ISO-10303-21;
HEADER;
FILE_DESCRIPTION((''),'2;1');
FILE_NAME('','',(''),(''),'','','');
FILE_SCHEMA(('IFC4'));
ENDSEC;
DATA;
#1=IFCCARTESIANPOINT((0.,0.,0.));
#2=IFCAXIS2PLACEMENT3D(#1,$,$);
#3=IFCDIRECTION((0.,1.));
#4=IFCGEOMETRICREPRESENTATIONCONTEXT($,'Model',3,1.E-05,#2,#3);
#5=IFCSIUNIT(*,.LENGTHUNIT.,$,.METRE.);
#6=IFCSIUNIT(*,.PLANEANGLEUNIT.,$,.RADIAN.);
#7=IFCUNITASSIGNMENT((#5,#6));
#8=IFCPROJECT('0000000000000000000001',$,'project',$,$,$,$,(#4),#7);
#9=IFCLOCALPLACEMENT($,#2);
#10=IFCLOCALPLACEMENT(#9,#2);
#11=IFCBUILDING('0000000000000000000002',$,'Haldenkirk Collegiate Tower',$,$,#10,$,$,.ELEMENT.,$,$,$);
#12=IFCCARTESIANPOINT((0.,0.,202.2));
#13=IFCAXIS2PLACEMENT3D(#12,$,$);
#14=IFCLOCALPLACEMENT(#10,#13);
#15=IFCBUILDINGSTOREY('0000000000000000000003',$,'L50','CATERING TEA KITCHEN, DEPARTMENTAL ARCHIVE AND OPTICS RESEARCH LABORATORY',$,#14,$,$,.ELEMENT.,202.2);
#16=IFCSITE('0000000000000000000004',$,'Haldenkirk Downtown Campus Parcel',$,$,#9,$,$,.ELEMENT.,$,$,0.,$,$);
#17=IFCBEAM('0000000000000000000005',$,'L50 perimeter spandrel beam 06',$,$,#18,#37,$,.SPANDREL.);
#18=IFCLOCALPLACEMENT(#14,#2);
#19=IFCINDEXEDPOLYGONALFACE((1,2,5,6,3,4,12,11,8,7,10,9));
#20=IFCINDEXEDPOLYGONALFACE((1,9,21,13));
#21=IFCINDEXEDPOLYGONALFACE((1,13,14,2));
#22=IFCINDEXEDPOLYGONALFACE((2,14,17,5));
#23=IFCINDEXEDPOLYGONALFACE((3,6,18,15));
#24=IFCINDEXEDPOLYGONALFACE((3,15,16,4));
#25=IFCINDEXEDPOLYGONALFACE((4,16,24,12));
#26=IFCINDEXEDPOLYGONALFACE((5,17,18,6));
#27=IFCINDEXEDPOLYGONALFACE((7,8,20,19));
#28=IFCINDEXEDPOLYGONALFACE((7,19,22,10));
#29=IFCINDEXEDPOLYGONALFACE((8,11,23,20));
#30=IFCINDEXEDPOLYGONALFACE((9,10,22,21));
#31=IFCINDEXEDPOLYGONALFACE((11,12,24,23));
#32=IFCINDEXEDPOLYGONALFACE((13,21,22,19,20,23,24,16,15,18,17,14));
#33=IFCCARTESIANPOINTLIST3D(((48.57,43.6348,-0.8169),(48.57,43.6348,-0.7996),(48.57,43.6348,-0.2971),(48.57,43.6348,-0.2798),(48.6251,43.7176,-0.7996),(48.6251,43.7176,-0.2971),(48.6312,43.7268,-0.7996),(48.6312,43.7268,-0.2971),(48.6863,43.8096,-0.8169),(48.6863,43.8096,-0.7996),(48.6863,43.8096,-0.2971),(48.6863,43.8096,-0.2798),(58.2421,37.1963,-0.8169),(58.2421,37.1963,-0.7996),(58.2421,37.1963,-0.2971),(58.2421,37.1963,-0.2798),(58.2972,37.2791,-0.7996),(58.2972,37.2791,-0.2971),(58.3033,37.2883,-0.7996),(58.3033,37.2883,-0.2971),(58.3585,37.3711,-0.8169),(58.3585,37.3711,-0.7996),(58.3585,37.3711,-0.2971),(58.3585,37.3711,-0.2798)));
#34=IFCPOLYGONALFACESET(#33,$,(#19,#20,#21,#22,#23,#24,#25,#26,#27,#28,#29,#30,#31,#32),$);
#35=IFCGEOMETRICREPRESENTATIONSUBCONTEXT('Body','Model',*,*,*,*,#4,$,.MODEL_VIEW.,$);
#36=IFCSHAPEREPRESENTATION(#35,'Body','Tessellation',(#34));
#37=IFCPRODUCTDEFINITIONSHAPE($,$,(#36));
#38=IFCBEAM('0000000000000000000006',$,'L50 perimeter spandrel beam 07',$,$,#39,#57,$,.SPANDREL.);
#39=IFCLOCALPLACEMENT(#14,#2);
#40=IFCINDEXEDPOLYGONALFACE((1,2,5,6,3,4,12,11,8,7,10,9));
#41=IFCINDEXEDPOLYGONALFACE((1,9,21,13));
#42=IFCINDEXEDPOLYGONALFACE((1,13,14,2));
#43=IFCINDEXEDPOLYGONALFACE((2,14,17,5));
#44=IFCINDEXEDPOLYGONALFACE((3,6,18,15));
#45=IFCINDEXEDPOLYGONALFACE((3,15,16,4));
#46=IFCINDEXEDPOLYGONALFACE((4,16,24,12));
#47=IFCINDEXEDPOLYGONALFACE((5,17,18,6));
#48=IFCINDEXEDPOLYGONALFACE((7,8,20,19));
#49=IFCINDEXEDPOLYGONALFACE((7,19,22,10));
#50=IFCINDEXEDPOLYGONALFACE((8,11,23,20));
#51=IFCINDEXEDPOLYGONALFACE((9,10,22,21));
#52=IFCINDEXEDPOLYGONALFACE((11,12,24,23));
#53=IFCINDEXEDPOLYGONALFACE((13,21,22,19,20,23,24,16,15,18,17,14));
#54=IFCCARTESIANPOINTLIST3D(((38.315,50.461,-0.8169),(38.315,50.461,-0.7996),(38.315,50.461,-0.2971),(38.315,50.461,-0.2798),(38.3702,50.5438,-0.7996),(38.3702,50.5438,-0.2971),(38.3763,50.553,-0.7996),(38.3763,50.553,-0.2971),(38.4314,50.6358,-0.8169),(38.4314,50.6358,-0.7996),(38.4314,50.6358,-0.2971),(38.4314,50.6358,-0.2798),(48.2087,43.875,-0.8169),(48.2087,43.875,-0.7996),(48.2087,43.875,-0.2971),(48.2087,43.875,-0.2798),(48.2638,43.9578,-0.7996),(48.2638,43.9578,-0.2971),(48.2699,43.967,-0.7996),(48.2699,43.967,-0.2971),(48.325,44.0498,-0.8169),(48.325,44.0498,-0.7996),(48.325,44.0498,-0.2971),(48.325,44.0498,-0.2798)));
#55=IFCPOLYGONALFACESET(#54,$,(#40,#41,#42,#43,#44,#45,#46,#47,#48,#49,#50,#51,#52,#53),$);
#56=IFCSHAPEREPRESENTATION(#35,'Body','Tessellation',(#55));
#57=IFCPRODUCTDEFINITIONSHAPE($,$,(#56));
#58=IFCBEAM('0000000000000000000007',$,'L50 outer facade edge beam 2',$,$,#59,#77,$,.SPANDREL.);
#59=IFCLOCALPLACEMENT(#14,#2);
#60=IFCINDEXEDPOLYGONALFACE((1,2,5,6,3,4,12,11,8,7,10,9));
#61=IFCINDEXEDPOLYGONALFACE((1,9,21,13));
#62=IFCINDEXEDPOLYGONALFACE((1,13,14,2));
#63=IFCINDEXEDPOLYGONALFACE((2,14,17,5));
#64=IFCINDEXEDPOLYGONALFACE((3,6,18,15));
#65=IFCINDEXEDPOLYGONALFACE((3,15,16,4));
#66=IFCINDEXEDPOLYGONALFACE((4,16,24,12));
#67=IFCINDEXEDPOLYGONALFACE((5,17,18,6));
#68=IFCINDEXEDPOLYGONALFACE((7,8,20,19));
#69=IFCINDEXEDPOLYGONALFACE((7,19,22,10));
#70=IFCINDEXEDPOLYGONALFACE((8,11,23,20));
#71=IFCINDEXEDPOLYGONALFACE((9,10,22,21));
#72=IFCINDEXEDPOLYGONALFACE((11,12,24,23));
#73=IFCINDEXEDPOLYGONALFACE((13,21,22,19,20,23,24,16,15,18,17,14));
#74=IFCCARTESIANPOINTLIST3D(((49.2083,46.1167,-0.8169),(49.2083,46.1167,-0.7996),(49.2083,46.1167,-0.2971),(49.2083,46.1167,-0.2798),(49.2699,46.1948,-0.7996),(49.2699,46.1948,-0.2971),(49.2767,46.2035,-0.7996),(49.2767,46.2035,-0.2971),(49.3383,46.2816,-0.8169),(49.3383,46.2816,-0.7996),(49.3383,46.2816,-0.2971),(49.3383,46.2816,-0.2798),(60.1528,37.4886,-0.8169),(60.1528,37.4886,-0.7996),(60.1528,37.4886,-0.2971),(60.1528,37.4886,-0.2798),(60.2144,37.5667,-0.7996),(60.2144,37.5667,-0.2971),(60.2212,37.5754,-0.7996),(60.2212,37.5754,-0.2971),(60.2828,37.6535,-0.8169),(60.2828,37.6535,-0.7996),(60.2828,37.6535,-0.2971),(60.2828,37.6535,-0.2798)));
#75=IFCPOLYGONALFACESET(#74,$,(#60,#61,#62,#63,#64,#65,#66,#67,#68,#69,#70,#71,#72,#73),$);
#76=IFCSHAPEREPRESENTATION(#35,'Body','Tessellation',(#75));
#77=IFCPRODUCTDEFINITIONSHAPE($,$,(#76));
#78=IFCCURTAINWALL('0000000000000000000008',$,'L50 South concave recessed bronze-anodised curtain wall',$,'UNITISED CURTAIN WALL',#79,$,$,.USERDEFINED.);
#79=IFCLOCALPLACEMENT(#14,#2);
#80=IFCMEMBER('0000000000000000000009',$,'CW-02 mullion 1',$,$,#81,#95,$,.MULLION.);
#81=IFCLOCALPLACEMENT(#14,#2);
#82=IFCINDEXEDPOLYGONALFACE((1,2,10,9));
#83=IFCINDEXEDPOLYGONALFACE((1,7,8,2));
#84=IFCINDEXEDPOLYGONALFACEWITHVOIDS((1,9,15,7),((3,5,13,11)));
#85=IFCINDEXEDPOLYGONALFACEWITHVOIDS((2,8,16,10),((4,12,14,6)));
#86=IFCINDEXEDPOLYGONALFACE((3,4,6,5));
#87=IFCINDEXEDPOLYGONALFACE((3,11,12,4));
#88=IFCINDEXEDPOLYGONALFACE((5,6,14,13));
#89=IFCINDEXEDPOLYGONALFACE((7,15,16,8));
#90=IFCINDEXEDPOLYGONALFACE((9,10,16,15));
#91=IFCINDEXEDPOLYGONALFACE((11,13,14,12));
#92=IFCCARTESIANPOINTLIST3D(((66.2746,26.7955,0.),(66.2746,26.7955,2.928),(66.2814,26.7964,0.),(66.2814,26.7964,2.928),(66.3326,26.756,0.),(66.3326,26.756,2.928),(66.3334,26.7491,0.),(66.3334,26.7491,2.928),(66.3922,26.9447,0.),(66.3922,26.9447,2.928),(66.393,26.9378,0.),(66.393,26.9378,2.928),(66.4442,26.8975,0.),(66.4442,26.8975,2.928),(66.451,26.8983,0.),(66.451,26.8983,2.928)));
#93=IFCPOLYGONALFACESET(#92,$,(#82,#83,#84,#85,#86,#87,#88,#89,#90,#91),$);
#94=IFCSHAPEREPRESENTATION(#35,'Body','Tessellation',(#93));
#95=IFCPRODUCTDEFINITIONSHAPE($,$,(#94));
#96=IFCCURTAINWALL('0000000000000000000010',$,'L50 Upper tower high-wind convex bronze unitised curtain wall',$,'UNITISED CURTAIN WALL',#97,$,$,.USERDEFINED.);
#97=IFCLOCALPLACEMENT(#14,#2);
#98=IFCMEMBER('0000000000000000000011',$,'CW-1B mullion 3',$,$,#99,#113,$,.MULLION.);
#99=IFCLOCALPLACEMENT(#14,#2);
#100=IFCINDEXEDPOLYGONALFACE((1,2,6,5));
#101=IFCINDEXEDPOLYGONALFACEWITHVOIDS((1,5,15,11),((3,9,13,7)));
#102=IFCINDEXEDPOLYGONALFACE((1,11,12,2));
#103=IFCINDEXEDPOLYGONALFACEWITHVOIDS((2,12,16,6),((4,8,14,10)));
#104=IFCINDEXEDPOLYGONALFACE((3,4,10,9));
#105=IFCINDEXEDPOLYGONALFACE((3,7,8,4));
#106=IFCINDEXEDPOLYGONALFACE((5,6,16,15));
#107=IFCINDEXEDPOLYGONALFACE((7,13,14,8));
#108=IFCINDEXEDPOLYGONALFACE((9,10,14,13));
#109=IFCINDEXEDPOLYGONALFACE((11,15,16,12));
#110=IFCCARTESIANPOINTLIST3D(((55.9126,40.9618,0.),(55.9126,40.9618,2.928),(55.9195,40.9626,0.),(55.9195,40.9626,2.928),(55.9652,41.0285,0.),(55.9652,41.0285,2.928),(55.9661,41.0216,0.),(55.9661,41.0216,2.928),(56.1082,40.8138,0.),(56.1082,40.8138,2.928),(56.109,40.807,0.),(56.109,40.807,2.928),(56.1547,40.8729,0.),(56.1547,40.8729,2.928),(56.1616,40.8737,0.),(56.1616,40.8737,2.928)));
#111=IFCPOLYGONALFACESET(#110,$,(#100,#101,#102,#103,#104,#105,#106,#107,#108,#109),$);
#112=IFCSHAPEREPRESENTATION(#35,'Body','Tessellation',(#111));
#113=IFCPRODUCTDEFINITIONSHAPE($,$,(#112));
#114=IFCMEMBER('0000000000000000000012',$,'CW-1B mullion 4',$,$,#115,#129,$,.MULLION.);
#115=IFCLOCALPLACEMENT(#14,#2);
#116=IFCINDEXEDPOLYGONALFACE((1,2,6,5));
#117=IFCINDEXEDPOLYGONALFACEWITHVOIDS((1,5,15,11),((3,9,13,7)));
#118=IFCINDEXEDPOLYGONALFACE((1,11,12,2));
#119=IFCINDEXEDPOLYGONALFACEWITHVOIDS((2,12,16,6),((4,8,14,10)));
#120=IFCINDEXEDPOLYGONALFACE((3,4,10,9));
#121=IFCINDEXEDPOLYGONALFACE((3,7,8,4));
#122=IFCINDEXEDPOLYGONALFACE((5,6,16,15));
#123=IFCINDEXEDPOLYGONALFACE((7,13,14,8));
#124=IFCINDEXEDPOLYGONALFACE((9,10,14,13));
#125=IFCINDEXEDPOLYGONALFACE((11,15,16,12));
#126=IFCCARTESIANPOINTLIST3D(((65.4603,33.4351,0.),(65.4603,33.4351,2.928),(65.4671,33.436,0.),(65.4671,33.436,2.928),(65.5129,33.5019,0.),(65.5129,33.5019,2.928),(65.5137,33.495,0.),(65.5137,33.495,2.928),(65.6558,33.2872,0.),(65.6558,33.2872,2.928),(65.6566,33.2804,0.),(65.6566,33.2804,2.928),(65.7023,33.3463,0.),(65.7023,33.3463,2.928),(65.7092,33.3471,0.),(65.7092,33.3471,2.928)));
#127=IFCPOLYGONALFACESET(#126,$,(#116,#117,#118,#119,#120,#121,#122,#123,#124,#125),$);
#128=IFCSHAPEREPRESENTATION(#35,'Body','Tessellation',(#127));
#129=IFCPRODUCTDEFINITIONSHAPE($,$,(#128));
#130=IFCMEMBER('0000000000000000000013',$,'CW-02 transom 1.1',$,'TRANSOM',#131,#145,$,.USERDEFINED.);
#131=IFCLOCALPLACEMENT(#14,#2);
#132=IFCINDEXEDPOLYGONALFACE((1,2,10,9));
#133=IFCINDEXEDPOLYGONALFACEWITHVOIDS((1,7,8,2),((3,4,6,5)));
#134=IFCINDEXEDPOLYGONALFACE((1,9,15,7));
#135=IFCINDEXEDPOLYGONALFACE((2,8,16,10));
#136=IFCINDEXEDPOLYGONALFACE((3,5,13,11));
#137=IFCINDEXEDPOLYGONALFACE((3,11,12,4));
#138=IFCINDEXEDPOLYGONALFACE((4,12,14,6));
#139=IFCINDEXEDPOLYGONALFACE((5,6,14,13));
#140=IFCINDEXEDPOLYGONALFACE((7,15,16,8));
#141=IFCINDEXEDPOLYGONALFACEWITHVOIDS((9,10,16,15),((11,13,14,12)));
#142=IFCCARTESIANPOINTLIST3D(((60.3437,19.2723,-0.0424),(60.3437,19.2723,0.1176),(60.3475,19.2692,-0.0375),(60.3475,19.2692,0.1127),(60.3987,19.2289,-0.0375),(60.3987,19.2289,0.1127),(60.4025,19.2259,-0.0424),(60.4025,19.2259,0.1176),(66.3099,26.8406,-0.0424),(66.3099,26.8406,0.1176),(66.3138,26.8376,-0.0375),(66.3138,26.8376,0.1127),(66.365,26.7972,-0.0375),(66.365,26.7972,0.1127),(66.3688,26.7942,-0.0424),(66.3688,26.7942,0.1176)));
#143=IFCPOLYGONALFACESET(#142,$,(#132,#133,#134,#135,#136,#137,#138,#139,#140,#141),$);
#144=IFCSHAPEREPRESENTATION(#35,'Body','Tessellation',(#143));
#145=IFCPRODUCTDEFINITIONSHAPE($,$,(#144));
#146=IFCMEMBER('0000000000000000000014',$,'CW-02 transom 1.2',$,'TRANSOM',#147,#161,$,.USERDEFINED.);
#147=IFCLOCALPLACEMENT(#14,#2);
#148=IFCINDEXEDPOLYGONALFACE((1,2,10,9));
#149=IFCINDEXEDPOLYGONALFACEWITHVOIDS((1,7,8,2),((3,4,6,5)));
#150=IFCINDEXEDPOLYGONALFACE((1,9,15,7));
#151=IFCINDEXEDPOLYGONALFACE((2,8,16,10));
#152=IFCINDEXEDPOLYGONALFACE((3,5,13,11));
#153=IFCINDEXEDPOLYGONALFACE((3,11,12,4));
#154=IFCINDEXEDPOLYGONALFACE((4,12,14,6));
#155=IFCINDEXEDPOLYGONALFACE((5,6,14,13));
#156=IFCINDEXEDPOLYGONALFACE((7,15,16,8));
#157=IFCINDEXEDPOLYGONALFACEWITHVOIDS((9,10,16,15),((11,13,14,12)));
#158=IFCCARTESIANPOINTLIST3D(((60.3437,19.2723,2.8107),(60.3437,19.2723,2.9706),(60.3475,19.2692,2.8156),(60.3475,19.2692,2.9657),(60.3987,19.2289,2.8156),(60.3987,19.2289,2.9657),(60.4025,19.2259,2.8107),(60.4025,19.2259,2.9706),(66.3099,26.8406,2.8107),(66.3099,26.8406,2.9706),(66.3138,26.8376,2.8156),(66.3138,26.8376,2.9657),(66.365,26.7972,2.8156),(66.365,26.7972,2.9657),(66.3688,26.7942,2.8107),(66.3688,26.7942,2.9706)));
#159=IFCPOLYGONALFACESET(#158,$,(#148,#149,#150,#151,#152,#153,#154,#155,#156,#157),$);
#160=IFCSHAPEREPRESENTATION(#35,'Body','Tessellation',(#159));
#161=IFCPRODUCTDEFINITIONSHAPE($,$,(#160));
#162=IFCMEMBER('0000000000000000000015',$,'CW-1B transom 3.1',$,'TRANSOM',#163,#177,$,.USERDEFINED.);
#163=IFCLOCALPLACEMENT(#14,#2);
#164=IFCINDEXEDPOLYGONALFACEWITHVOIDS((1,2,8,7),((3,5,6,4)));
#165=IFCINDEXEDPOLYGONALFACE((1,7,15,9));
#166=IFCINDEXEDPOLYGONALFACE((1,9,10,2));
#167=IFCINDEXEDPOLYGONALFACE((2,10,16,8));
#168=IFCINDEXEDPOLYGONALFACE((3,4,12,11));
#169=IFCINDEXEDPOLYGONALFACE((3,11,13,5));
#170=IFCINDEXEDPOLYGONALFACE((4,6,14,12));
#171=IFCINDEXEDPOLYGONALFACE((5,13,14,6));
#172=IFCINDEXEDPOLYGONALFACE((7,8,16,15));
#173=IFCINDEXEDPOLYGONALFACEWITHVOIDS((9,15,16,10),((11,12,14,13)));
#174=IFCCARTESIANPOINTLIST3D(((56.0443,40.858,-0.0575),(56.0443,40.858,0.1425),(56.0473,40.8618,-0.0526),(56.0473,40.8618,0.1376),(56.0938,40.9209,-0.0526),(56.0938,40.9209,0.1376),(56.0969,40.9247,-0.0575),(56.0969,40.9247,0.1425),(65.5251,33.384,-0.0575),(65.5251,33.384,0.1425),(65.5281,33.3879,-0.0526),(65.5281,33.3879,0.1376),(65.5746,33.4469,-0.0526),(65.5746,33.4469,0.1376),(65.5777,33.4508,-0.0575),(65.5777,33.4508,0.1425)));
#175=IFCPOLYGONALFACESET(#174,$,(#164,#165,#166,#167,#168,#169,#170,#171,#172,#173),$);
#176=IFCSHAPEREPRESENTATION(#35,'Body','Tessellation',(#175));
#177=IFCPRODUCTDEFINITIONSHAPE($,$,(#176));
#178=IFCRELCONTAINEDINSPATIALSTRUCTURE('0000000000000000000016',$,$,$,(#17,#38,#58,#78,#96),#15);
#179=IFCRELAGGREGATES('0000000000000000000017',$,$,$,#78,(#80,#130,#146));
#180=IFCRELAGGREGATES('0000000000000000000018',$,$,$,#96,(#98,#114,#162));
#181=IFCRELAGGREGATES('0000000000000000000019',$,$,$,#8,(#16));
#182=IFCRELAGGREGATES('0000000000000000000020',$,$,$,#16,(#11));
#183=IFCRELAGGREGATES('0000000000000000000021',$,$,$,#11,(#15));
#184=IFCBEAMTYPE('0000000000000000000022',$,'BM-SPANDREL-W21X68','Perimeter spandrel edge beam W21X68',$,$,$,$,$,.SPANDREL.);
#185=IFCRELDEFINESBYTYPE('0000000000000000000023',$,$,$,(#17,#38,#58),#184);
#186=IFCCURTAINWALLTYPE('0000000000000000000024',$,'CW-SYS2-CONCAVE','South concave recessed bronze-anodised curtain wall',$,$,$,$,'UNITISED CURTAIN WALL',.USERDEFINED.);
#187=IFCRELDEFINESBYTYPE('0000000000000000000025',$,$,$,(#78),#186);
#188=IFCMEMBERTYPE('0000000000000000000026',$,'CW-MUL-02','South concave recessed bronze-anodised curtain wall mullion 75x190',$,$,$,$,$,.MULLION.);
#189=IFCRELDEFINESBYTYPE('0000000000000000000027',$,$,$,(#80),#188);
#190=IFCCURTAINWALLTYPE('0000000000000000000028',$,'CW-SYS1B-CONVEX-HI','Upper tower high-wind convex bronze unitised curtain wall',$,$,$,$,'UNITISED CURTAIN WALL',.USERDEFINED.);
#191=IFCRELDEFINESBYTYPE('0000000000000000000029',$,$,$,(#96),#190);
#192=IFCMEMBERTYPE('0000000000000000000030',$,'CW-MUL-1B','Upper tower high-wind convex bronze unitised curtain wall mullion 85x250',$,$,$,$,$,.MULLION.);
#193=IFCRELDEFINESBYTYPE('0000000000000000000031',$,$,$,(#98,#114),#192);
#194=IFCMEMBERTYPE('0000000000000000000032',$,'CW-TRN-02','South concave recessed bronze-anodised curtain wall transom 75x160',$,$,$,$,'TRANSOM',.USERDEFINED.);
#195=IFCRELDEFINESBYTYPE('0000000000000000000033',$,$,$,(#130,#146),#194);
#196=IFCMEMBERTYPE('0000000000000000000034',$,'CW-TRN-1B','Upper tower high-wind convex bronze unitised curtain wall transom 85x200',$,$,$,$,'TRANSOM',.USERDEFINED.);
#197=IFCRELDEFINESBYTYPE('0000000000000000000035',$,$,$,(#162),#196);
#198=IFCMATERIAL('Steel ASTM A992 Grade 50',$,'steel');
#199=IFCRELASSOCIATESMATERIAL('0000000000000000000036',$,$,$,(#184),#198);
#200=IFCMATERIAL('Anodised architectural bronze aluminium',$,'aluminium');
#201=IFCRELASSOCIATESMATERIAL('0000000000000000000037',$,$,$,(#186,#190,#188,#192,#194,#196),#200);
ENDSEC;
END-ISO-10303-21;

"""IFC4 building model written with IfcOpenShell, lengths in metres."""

from ifc_helpers import new_model, si_unit, direction, frame, origin, origin_2d, place, context, subcontext, project, spatial, hollow_rectangle, i_section, extrude, material, material_profile, profile_set, type_object, element, aggregate, save


model = new_model("IFC4")

# Units and contexts
model_context = context("Model", 3, precision=1e-05, world=origin(), true_north=direction((0.0, 1.0)))
body_context = subcontext(model_context, "Body", "Model", "MODEL_VIEW")
ifc_project = project(units=[si_unit("LENGTHUNIT", "METRE"), si_unit("PLANEANGLEUNIT", "RADIAN")], contexts=[model_context])

# Site, building, storey
site_placement = place(None, origin())
site = spatial("IfcSite", under=ifc_project, at=site_placement, Name="Haldenkirk Downtown Campus Parcel", CompositionType="ELEMENT", RefElevation=0.0)
building_placement = place(site_placement, origin())
building = spatial("IfcBuilding", under=site, at=building_placement, Name="Haldenkirk Collegiate Tower", CompositionType="ELEMENT")
storey_placement = place(building_placement, frame((0.0, 0.0, 202.2)))
storey = spatial("IfcBuildingStorey", under=building, at=storey_placement, Name="L50", Description="CATERING TEA KITCHEN, DEPARTMENTAL ARCHIVE AND OPTICS RESEARCH LABORATORY", CompositionType="ELEMENT", Elevation=202.2)

# Beams
ifc_material_1 = material(Name="Steel ASTM A992 Grade 50", Category="steel")
ifc_material_profile_1 = material_profile(ifc_material_1, i_section(OverallWidth=0.21, OverallDepth=0.5371, WebThickness=0.011, FlangeThickness=0.0173, at=origin_2d()), Name="W21X68")
ifc_profile_set_1 = profile_set([ifc_material_profile_1], Name="Steel ASTM A992 Grade 50")
beam_type_1 = type_object("IfcBeamType", Name="BM-SPANDREL-W21X68", Description="Perimeter spandrel edge beam W21X68", PredefinedType="SPANDREL", material=ifc_profile_set_1)
beam_1_placement = place(storey_placement, frame((58.3003, 37.2837, -0.5483), z_axis=(-0.832432, 0.554128, 0.0), x_axis=(-0.554128, -0.832432, 0.0)))
element("IfcBeam", 1, at=beam_1_placement, inside=storey, type_object=beam_type_1, Name="L50 perimeter spandrel beam 06", PredefinedType="SPANDREL", context=body_context, shape_type="SweptSolid", body=[
    extrude(i_section(OverallWidth=0.21, OverallDepth=0.5371, WebThickness=0.011, FlangeThickness=0.0173, at=origin_2d()), origin(), (0.0, 0.0, 1.0), 11.6191),
])
beam_2_placement = place(storey_placement, frame((48.2668, 43.9624, -0.5483), z_axis=(-0.832429, 0.554131, 0.0), x_axis=(-0.554131, -0.832429, 0.0)))
element("IfcBeam", 2, at=beam_2_placement, inside=storey, type_object=beam_type_1, Name="L50 perimeter spandrel beam 07", PredefinedType="SPANDREL", context=body_context, shape_type="SweptSolid", body=[
    extrude(i_section(OverallWidth=0.21, OverallDepth=0.5371, WebThickness=0.011, FlangeThickness=0.0173, at=origin_2d()), origin(), (0.0, 0.0, 1.0), 11.8853),
])
beam_3_placement = place(storey_placement, frame((60.2178, 37.571, -0.5483), z_axis=(-0.785311, 0.619101, 0.0), x_axis=(-0.619101, -0.785311, 0.0)))
element("IfcBeam", 3, at=beam_3_placement, inside=storey, type_object=beam_type_1, Name="L50 outer facade edge beam 2", PredefinedType="SPANDREL", context=body_context, shape_type="SweptSolid", body=[
    extrude(i_section(OverallWidth=0.21, OverallDepth=0.5371, WebThickness=0.011, FlangeThickness=0.0173, at=origin_2d()), origin(), (0.0, 0.0, 1.0), 13.9365),
])

# Curtain wall, member
ifc_material_2 = material(Name="Anodised architectural bronze aluminium", Category="aluminium")
curtain_wall_type_1 = type_object("IfcCurtainWallType", Name="CW-SYS2-CONCAVE", Description="South concave recessed bronze-anodised curtain wall", ElementType="UNITISED CURTAIN WALL", PredefinedType="USERDEFINED", material=ifc_material_2)
curtain_wall_1_placement = place(storey_placement, origin())
curtain_wall_1 = element("IfcCurtainWall", 4, at=curtain_wall_1_placement, inside=storey, type_object=curtain_wall_type_1, Name="L50 South concave recessed bronze-anodised curtain wall", ObjectType="UNITISED CURTAIN WALL", PredefinedType="USERDEFINED")
ifc_material_profile_2 = material_profile(ifc_material_2, hollow_rectangle(XDim=0.075, YDim=0.1899, WallThickness=0.0049, at=origin_2d()), Name="CW-MUL-02")
ifc_profile_set_2 = profile_set([ifc_material_profile_2], Name="Anodised architectural bronze aluminium")
member_type_1 = type_object("IfcMemberType", Name="CW-MUL-02", Description="South concave recessed bronze-anodised curtain wall mullion 75x190", PredefinedType="MULLION", material=ifc_profile_set_2)
member_1_placement = place(storey_placement, frame((66.3628, 26.8469, 0.0), z_axis=(0.0, 0.0, 1.0), x_axis=(0.785317, -0.619094, 0.0)))
member_1 = element("IfcMember", 5, at=member_1_placement, type_object=member_type_1, Name="CW-02 mullion 1", PredefinedType="MULLION", context=body_context, shape_type="SweptSolid", body=[
    extrude(hollow_rectangle(XDim=0.075, YDim=0.1899, WallThickness=0.0049, at=origin_2d()), origin(), (0.0, 0.0, 1.0), 2.928),
])

# Curtain wall, members
curtain_wall_type_2 = type_object("IfcCurtainWallType", Name="CW-SYS1B-CONVEX-HI", Description="Upper tower high-wind convex bronze unitised curtain wall", ElementType="UNITISED CURTAIN WALL", PredefinedType="USERDEFINED", material=ifc_material_2)
curtain_wall_2_placement = place(storey_placement, origin())
curtain_wall_2 = element("IfcCurtainWall", 6, at=curtain_wall_2_placement, inside=storey, type_object=curtain_wall_type_2, Name="L50 Upper tower high-wind convex bronze unitised curtain wall", ObjectType="UNITISED CURTAIN WALL", PredefinedType="USERDEFINED")
ifc_material_profile_3 = material_profile(ifc_material_2, hollow_rectangle(XDim=0.085, YDim=0.25, WallThickness=0.0049, at=origin_2d()), Name="CW-MUL-1B")
ifc_profile_set_3 = profile_set([ifc_material_profile_3], Name="Anodised architectural bronze aluminium")
member_type_2 = type_object("IfcMemberType", Name="CW-MUL-1B", Description="Upper tower high-wind convex bronze unitised curtain wall mullion 85x250", PredefinedType="MULLION", material=ifc_profile_set_3)
member_2_placement = place(storey_placement, frame((56.0371, 40.9177, 0.0), z_axis=(0.0, 0.0, 1.0), x_axis=(0.619093, 0.785317, 0.0)))
member_2 = element("IfcMember", 7, at=member_2_placement, type_object=member_type_2, Name="CW-1B mullion 3", PredefinedType="MULLION", context=body_context, shape_type="SweptSolid", body=[
    extrude(hollow_rectangle(XDim=0.085, YDim=0.25, WallThickness=0.0049, at=origin_2d()), origin(), (0.0, 0.0, 1.0), 2.928),
])
member_3_placement = place(storey_placement, frame((65.5847, 33.3911, 0.0), z_axis=(0.0, 0.0, 1.0), x_axis=(0.619093, 0.785317, 0.0)))
member_3 = element("IfcMember", 8, at=member_3_placement, type_object=member_type_2, Name="CW-1B mullion 4", PredefinedType="MULLION", context=body_context, shape_type="SweptSolid", body=[
    extrude(hollow_rectangle(XDim=0.085, YDim=0.25, WallThickness=0.0049, at=origin_2d()), origin(), (0.0, 0.0, 1.0), 2.928),
])

# Members
ifc_material_profile_4 = material_profile(ifc_material_2, hollow_rectangle(XDim=0.075, YDim=0.1599, WallThickness=0.0049, at=origin_2d()), Name="CW-TRN-02")
ifc_profile_set_4 = profile_set([ifc_material_profile_4], Name="Anodised architectural bronze aluminium")
member_type_3 = type_object("IfcMemberType", Name="CW-TRN-02", Description="South concave recessed bronze-anodised curtain wall transom 75x160", ElementType="TRANSOM", PredefinedType="USERDEFINED", material=ifc_profile_set_4)
member_4_placement = place(storey_placement, frame((66.3394, 26.8174, 0.0376), z_axis=(-0.619087, -0.785322, 0.0), x_axis=(0.785322, -0.619087, 0.0)))
member_4 = element("IfcMember", 9, at=member_4_placement, type_object=member_type_3, Name="CW-02 transom 1.1", ObjectType="TRANSOM", PredefinedType="USERDEFINED", context=body_context, shape_type="SweptSolid", body=[
    extrude(hollow_rectangle(XDim=0.075, YDim=0.1599, WallThickness=0.0049, at=origin_2d()), origin(), (0.0, 0.0, 1.0), 9.6372),
])
member_5_placement = place(storey_placement, frame((66.3394, 26.8174, 2.8906), z_axis=(-0.619087, -0.785322, 0.0), x_axis=(0.785322, -0.619087, 0.0)))
member_5 = element("IfcMember", 10, at=member_5_placement, type_object=member_type_3, Name="CW-02 transom 1.2", ObjectType="TRANSOM", PredefinedType="USERDEFINED", context=body_context, shape_type="SweptSolid", body=[
    extrude(hollow_rectangle(XDim=0.075, YDim=0.1599, WallThickness=0.0049, at=origin_2d()), origin(), (0.0, 0.0, 1.0), 9.6372),
])
aggregate(curtain_wall_1, [member_1, member_4, member_5])
ifc_material_profile_5 = material_profile(ifc_material_2, hollow_rectangle(XDim=0.085, YDim=0.2, WallThickness=0.0049, at=origin_2d()), Name="CW-TRN-1B")
ifc_profile_set_5 = profile_set([ifc_material_profile_5], Name="Anodised architectural bronze aluminium")
member_type_4 = type_object("IfcMemberType", Name="CW-TRN-1B", Description="Upper tower high-wind convex bronze unitised curtain wall transom 85x200", ElementType="TRANSOM", PredefinedType="USERDEFINED", material=ifc_profile_set_5)
member_6_placement = place(storey_placement, frame((56.0706, 40.8914, 0.0425), z_axis=(0.785322, -0.619088, 0.0), x_axis=(0.619088, 0.785322, 0.0)))
member_6 = element("IfcMember", 11, at=member_6_placement, type_object=member_type_4, Name="CW-1B transom 3.1", ObjectType="TRANSOM", PredefinedType="USERDEFINED", context=body_context, shape_type="SweptSolid", body=[
    extrude(hollow_rectangle(XDim=0.085, YDim=0.2, WallThickness=0.0049, at=origin_2d()), origin(), (0.0, 0.0, 1.0), 12.0725),
])

aggregate(curtain_wall_2, [member_2, member_3, member_6])

save(model, "model.ifc")
